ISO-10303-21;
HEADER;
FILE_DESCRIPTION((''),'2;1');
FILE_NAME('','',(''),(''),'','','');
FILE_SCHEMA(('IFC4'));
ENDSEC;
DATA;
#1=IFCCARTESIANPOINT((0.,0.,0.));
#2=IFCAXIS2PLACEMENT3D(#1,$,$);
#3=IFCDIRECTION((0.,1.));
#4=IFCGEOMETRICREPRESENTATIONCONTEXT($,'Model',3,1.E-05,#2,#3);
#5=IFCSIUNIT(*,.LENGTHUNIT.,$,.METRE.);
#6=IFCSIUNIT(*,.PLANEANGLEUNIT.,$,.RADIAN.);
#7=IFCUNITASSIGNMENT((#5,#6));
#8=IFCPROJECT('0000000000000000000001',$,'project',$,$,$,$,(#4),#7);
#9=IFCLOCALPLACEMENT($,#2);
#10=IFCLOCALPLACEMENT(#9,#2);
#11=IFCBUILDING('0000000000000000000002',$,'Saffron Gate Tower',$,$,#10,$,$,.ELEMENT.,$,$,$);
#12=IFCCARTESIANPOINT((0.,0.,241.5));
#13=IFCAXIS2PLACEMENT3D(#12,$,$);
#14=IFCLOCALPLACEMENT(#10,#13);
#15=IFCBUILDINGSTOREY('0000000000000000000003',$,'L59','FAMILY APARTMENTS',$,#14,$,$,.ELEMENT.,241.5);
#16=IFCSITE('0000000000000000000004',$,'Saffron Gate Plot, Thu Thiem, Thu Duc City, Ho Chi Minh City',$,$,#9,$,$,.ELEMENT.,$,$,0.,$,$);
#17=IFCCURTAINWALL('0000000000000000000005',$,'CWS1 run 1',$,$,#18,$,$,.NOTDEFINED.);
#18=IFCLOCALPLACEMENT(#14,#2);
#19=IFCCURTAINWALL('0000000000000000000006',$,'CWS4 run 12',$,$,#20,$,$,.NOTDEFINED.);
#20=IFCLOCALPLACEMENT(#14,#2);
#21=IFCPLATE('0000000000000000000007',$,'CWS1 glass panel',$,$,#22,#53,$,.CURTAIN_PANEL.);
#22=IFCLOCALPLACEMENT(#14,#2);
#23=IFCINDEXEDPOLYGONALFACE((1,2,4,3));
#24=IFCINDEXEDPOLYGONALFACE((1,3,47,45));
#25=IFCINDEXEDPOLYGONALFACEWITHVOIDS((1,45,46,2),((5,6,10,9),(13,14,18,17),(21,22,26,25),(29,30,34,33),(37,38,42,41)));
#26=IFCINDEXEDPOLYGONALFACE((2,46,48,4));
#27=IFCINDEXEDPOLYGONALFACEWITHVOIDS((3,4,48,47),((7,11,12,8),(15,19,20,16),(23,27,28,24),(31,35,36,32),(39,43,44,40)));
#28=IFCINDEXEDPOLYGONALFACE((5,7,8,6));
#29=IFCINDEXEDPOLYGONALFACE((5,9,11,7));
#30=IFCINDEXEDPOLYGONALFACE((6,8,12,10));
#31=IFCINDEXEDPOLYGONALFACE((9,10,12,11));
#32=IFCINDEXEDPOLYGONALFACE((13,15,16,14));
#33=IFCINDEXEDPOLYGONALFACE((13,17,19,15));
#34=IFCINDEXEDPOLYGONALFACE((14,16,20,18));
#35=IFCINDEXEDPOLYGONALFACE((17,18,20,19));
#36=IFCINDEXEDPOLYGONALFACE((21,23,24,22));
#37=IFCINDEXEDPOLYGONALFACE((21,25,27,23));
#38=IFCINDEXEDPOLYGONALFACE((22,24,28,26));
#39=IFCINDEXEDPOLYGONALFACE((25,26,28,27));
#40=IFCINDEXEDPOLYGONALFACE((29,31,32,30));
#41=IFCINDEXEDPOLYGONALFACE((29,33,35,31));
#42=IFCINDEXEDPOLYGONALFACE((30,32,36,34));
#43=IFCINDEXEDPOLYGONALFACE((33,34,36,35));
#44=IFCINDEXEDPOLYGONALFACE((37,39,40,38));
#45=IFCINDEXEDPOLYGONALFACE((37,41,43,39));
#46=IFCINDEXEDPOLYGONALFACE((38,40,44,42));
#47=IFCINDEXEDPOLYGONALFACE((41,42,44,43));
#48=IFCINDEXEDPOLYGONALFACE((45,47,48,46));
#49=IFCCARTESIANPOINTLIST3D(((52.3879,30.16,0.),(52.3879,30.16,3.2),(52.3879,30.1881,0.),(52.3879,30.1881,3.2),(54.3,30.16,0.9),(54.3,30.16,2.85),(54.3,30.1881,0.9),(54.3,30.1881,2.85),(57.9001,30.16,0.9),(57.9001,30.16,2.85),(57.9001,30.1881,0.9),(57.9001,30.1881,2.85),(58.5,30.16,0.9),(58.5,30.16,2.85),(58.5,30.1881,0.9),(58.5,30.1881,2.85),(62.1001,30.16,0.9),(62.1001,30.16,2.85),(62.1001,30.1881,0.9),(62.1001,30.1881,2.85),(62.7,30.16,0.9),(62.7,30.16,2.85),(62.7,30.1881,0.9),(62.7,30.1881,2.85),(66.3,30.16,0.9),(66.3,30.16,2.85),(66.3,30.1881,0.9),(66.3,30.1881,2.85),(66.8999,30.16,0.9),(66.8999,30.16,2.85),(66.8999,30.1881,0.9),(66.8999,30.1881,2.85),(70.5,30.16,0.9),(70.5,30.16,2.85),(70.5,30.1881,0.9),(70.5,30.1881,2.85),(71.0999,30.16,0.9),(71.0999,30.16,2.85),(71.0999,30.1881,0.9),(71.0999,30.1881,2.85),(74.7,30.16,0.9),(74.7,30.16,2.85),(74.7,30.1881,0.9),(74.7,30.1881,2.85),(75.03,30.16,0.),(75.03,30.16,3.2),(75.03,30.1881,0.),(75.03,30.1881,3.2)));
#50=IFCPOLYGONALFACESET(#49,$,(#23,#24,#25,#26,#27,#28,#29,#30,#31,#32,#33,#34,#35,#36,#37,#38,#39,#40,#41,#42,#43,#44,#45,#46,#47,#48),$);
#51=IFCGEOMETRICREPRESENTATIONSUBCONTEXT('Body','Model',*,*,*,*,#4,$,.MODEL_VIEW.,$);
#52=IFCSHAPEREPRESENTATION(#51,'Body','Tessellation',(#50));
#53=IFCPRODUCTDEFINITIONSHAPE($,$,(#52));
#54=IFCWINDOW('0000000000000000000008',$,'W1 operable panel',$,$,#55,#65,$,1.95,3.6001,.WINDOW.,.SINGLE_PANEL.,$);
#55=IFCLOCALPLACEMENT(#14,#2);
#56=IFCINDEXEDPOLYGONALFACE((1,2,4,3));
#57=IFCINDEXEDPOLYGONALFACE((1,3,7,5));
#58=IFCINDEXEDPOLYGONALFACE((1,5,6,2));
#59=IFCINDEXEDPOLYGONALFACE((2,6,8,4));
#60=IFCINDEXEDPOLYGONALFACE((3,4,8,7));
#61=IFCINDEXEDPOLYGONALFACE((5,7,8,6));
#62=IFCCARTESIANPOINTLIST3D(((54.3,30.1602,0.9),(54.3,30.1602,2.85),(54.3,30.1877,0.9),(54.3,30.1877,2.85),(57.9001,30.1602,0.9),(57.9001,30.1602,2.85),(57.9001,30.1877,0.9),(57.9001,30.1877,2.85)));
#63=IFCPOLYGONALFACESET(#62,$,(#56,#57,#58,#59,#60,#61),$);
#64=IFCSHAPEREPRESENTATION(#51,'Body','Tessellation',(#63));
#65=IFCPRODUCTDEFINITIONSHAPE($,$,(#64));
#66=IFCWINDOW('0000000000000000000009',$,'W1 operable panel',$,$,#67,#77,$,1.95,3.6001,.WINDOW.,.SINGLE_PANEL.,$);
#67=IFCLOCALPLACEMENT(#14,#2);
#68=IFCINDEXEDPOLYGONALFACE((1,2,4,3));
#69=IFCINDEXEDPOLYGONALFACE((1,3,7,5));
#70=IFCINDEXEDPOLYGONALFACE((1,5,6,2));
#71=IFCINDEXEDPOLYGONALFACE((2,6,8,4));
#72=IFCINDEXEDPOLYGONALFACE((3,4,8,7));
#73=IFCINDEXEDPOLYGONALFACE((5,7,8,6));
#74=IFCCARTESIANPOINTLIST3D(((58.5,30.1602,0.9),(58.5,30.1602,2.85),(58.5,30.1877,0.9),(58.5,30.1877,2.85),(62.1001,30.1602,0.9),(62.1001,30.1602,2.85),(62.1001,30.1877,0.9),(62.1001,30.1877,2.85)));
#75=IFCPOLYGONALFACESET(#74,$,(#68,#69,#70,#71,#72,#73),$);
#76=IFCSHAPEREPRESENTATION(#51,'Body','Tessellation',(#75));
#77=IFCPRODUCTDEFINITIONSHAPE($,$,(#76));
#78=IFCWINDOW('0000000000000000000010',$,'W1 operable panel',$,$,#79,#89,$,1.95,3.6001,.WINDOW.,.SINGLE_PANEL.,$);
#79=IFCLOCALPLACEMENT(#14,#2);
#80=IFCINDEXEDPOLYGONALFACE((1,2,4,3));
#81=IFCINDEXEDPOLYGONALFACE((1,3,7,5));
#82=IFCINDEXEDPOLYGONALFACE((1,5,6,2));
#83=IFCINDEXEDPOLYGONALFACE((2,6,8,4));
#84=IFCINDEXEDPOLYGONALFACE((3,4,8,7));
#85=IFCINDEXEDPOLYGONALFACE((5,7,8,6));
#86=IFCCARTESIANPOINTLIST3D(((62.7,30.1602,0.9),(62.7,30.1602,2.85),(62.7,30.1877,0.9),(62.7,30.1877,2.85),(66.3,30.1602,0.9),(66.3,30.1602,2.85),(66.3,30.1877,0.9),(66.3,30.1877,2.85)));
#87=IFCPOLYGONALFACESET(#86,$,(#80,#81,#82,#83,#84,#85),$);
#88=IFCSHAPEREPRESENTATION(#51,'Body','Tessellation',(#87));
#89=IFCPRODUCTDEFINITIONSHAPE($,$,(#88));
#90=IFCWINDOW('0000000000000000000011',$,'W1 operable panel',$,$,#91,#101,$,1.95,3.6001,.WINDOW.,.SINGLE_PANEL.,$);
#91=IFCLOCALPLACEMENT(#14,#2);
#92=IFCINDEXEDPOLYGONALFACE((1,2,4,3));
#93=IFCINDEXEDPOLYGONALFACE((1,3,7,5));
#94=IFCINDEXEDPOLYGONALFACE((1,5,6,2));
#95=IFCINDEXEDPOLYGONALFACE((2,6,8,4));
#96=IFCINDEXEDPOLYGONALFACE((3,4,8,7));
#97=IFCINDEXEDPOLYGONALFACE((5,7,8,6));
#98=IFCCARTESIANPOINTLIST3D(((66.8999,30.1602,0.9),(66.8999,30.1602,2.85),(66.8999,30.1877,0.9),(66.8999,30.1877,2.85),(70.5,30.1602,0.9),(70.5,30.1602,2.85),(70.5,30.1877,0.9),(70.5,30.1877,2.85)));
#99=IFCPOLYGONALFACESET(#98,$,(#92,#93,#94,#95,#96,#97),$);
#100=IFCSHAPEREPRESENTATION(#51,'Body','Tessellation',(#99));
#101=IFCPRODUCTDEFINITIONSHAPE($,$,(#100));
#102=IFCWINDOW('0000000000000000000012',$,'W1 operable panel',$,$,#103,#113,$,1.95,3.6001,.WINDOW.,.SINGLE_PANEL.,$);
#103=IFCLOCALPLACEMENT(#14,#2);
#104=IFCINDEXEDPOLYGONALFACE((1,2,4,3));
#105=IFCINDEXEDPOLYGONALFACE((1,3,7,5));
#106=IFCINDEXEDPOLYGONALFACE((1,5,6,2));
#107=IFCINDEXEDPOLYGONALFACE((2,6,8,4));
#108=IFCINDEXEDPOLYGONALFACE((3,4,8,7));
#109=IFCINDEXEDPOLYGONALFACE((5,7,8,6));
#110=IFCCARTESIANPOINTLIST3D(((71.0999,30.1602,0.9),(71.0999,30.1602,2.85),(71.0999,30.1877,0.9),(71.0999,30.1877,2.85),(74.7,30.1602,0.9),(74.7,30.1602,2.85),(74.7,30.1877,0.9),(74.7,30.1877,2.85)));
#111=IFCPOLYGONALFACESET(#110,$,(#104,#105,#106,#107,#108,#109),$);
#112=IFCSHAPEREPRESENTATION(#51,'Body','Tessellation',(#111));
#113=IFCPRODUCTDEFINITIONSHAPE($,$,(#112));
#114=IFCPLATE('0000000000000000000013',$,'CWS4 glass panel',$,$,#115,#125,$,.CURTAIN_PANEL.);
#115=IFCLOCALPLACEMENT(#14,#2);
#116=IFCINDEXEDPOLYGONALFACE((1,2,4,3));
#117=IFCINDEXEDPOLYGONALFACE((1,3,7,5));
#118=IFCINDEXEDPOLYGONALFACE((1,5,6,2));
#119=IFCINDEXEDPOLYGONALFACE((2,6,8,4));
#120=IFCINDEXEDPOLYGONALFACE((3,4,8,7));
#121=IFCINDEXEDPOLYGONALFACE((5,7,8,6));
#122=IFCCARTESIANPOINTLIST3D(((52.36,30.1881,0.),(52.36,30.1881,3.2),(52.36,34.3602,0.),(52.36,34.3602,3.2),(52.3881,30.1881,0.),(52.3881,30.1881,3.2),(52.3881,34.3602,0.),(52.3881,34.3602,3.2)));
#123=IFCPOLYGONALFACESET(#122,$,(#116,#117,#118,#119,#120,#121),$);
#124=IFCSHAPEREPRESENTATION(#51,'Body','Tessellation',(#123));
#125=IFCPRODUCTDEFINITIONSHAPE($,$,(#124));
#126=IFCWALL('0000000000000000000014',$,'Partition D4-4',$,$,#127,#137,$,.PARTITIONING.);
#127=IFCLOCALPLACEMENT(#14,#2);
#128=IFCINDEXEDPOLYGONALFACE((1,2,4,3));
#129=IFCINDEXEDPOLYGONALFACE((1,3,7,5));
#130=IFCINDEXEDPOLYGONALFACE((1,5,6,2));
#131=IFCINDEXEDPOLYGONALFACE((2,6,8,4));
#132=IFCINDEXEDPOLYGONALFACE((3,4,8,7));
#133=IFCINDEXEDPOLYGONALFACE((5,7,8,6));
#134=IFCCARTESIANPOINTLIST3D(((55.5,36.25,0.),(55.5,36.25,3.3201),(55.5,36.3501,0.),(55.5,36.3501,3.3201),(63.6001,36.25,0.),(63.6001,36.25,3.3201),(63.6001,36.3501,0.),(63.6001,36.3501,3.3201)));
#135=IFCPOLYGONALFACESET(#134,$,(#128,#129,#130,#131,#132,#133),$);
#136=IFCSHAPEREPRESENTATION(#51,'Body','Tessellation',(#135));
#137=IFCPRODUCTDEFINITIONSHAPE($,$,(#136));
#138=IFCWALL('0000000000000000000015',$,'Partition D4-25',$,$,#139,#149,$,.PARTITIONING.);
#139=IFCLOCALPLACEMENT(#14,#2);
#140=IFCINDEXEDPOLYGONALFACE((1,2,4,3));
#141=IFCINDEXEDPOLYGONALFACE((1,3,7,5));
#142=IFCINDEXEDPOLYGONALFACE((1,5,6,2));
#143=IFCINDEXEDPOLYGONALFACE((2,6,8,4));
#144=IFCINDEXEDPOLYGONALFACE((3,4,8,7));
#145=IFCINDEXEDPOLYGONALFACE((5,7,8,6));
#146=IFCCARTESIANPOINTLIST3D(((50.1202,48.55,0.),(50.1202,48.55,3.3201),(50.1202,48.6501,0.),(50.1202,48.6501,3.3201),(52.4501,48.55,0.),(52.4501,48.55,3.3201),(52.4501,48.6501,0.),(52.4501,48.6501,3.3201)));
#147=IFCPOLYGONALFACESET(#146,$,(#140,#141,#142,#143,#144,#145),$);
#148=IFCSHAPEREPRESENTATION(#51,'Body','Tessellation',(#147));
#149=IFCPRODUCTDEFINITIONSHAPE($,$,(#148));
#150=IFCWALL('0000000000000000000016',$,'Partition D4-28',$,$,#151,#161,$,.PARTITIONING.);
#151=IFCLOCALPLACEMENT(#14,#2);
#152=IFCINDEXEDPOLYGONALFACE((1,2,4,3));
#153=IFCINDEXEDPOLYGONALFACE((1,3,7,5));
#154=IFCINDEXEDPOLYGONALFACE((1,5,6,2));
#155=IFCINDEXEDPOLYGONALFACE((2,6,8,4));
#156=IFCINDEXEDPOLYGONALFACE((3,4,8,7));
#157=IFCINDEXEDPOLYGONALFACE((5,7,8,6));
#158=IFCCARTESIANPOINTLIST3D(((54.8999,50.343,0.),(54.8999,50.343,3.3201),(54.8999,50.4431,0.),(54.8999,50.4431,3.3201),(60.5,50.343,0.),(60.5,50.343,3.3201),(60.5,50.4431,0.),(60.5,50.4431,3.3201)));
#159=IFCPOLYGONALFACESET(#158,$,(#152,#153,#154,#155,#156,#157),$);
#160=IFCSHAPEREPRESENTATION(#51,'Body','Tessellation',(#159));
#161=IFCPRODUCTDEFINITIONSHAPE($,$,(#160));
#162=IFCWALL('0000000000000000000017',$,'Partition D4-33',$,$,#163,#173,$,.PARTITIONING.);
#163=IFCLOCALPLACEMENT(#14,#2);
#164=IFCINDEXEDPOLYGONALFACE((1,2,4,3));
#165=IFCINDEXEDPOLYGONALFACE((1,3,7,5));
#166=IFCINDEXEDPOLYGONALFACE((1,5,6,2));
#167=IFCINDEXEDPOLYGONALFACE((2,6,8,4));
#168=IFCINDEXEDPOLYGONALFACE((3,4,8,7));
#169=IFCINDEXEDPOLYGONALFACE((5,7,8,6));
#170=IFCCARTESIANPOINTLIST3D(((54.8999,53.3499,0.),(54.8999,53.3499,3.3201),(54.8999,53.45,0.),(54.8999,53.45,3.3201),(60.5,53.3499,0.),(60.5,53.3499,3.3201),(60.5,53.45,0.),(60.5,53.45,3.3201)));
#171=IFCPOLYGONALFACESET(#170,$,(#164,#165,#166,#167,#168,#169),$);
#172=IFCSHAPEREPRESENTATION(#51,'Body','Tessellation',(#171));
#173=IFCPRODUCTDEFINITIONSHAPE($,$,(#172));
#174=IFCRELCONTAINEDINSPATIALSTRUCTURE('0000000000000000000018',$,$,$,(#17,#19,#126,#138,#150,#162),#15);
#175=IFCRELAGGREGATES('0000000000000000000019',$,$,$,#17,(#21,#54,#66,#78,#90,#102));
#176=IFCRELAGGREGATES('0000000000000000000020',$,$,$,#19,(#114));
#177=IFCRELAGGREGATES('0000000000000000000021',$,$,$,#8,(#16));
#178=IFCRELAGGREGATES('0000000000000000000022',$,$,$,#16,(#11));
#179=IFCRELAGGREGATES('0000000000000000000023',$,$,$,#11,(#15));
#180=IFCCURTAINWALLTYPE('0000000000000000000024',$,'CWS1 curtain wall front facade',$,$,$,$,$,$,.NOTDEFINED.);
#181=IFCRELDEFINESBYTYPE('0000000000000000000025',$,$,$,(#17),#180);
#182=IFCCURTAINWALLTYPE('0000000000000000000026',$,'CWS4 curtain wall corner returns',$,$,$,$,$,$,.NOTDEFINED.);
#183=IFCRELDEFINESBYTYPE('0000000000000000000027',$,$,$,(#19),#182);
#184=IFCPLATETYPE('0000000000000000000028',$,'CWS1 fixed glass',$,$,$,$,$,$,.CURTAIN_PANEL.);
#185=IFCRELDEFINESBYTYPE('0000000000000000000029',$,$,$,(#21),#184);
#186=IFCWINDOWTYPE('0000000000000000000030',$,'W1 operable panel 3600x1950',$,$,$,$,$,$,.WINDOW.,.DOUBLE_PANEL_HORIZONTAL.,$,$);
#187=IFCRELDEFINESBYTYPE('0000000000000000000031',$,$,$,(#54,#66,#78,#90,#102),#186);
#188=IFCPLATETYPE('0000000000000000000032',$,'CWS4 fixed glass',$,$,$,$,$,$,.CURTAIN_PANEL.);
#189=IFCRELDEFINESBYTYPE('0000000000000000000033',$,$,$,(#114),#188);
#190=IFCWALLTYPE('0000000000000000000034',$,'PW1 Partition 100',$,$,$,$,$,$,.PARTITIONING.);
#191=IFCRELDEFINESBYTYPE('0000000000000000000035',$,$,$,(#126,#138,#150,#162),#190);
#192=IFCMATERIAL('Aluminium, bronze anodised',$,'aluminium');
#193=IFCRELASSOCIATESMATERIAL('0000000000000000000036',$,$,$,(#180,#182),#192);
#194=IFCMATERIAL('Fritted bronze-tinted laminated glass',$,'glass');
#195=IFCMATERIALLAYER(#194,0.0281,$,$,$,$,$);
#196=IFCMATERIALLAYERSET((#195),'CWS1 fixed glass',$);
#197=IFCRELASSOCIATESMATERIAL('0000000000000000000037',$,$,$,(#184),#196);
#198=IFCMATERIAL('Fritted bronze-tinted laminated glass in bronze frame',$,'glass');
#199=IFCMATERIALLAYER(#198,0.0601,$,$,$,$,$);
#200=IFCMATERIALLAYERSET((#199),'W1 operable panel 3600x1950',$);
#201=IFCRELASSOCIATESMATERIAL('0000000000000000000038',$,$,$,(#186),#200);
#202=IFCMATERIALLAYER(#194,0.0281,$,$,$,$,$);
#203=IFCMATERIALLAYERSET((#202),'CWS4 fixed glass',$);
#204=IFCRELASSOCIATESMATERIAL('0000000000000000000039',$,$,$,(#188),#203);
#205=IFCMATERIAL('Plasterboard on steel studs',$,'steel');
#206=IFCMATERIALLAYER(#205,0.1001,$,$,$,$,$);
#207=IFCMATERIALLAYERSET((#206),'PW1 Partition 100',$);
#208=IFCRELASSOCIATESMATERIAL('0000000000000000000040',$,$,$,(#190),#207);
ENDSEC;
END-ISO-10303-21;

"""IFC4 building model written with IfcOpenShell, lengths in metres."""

from ifc_helpers import new_model, si_unit, direction, frame, frame_2d, origin, place, context, subcontext, project, spatial, rectangle, extrude, material, layer, layer_set, type_object, element, fill, aggregate, save


model = new_model("IFC4")

# Units and contexts
model_context = context("Model", 3, precision=1e-05, world=origin(), true_north=direction((0.0, 1.0)))
body_context = subcontext(model_context, "Body", "Model", "MODEL_VIEW")
ifc_project = project(units=[si_unit("LENGTHUNIT", "METRE"), si_unit("PLANEANGLEUNIT", "RADIAN")], contexts=[model_context])

# Site, building, storey
site_placement = place(None, origin())
site = spatial("IfcSite", under=ifc_project, at=site_placement, Name="Saffron Gate Plot, Thu Thiem, Thu Duc City, Ho Chi Minh City", CompositionType="ELEMENT", RefElevation=0.0)
building_placement = place(site_placement, origin())
building = spatial("IfcBuilding", under=site, at=building_placement, Name="Saffron Gate Tower", CompositionType="ELEMENT")
storey_placement = place(building_placement, frame((0.0, 0.0, 241.5)))
storey = spatial("IfcBuildingStorey", under=building, at=storey_placement, Name="L59", Description="FAMILY APARTMENTS", CompositionType="ELEMENT", Elevation=241.5)

# Curtain wall
ifc_material_1 = material(Name="Aluminium, bronze anodised", Category="aluminium")
curtain_wall_type_1 = type_object("IfcCurtainWallType", Name="CWS1 curtain wall front facade", PredefinedType="NOTDEFINED", material=ifc_material_1)
curtain_wall_1_placement = place(storey_placement, origin())
curtain_wall_1 = element("IfcCurtainWall", 1, at=curtain_wall_1_placement, inside=storey, type_object=curtain_wall_type_1, Name="CWS1 run 1", PredefinedType="NOTDEFINED")

# Curtain wall
curtain_wall_type_2 = type_object("IfcCurtainWallType", Name="CWS4 curtain wall corner returns", PredefinedType="NOTDEFINED", material=ifc_material_1)
curtain_wall_2_placement = place(storey_placement, origin())
curtain_wall_2 = element("IfcCurtainWall", 2, at=curtain_wall_2_placement, inside=storey, type_object=curtain_wall_type_2, Name="CWS4 run 12", PredefinedType="NOTDEFINED")

# Plate, openings, windows
ifc_material_2 = material(Name="Fritted bronze-tinted laminated glass", Category="glass")
ifc_layer_1 = layer(ifc_material_2, 0.0281)
ifc_layer_set_1 = layer_set([ifc_layer_1], Name="CWS1 fixed glass")
plate_type_1 = type_object("IfcPlateType", Name="CWS1 fixed glass", PredefinedType="CURTAIN_PANEL", material=ifc_layer_set_1)
plate_1_placement = place(storey_placement, frame((52.3879, 30.1741, 0.0), z_axis=(0.0, 0.0, 1.0), x_axis=(1.0, 0.0, 0.0)))
plate_1 = element("IfcPlate", 3, at=plate_1_placement, type_object=plate_type_1, Name="CWS1 glass panel", PredefinedType="CURTAIN_PANEL", context=body_context, shape_type="SweptSolid", body=[
    extrude(rectangle(XDim=22.6421, YDim=0.0281, at=frame_2d((11.321, 0.0))), origin(), (0.0, 0.0, 1.0), 3.2),
])
opening_1_placement = place(plate_1_placement, frame((1.9121, 0.0, 0.8999)))
opening_1 = element("IfcOpeningElement", 4, at=opening_1_placement, cuts=plate_1, PredefinedType="OPENING", context=body_context, shape_type="SweptSolid", body=[
    extrude(rectangle(XDim=3.6001, YDim=1.95, at=frame_2d((1.8, 0.9751))), frame((0.0, 0.0239, 0.0), z_axis=(0.0, -1.0, 0.0), x_axis=(1.0, 0.0, 0.0)), (0.0, 0.0, 1.0), 0.0481),
])
opening_2_placement = place(plate_1_placement, frame((6.1121, 0.0, 0.8999)))
opening_2 = element("IfcOpeningElement", 5, at=opening_2_placement, cuts=plate_1, PredefinedType="OPENING", context=body_context, shape_type="SweptSolid", body=[
    extrude(rectangle(XDim=3.6001, YDim=1.95, at=frame_2d((1.8, 0.9751))), frame((0.0, 0.0239, 0.0), z_axis=(0.0, -1.0, 0.0), x_axis=(1.0, 0.0, 0.0)), (0.0, 0.0, 1.0), 0.0481),
])
opening_3_placement = place(plate_1_placement, frame((10.312, 0.0, 0.8999)))
opening_3 = element("IfcOpeningElement", 6, at=opening_3_placement, cuts=plate_1, PredefinedType="OPENING", context=body_context, shape_type="SweptSolid", body=[
    extrude(rectangle(XDim=3.6001, YDim=1.95, at=frame_2d((1.8, 0.9751))), frame((0.0, 0.0239, 0.0), z_axis=(0.0, -1.0, 0.0), x_axis=(1.0, 0.0, 0.0)), (0.0, 0.0, 1.0), 0.0481),
])
opening_4_placement = place(plate_1_placement, frame((14.512, 0.0, 0.8999)))
opening_4 = element("IfcOpeningElement", 7, at=opening_4_placement, cuts=plate_1, PredefinedType="OPENING", context=body_context, shape_type="SweptSolid", body=[
    extrude(rectangle(XDim=3.6001, YDim=1.95, at=frame_2d((1.8, 0.9751))), frame((0.0, 0.0239, 0.0), z_axis=(0.0, -1.0, 0.0), x_axis=(1.0, 0.0, 0.0)), (0.0, 0.0, 1.0), 0.0481),
])
opening_5_placement = place(plate_1_placement, frame((18.7119, 0.0, 0.8999)))
opening_5 = element("IfcOpeningElement", 8, at=opening_5_placement, cuts=plate_1, PredefinedType="OPENING", context=body_context, shape_type="SweptSolid", body=[
    extrude(rectangle(XDim=3.6001, YDim=1.95, at=frame_2d((1.8, 0.9751))), frame((0.0, 0.0239, 0.0), z_axis=(0.0, -1.0, 0.0), x_axis=(1.0, 0.0, 0.0)), (0.0, 0.0, 1.0), 0.0481),
])
ifc_material_3 = material(Name="Fritted bronze-tinted laminated glass in bronze frame", Category="glass")
ifc_layer_2 = layer(ifc_material_3, 0.0601)
ifc_layer_set_2 = layer_set([ifc_layer_2], Name="W1 operable panel 3600x1950")
window_type = type_object("IfcWindowType", Name="W1 operable panel 3600x1950", PartitioningType="DOUBLE_PANEL_HORIZONTAL", PredefinedType="WINDOW", material=ifc_layer_set_2)
window_1_placement = place(opening_1_placement, origin())
window_1 = element("IfcWindow", 9, at=window_1_placement, type_object=window_type, Name="W1 operable panel", OverallHeight=1.95, OverallWidth=3.6001, PartitioningType="SINGLE_PANEL", PredefinedType="WINDOW", context=body_context, shape_type="SweptSolid", body=[
    extrude(rectangle(XDim=3.6001, YDim=1.95, at=frame_2d((1.8, 0.9751))), frame((0.0, 0.0137, 0.0), z_axis=(0.0, -1.0, 0.0), x_axis=(1.0, 0.0, 0.0)), (0.0, 0.0, 1.0), 0.0276),
])
fill(opening_1, window_1)
window_2_placement = place(opening_2_placement, origin())
window_2 = element("IfcWindow", 10, at=window_2_placement, type_object=window_type, Name="W1 operable panel", OverallHeight=1.95, OverallWidth=3.6001, PartitioningType="SINGLE_PANEL", PredefinedType="WINDOW", context=body_context, shape_type="SweptSolid", body=[
    extrude(rectangle(XDim=3.6001, YDim=1.95, at=frame_2d((1.8, 0.9751))), frame((0.0, 0.0137, 0.0), z_axis=(0.0, -1.0, 0.0), x_axis=(1.0, 0.0, 0.0)), (0.0, 0.0, 1.0), 0.0276),
])
fill(opening_2, window_2)
window_3_placement = place(opening_3_placement, origin())
window_3 = element("IfcWindow", 11, at=window_3_placement, type_object=window_type, Name="W1 operable panel", OverallHeight=1.95, OverallWidth=3.6001, PartitioningType="SINGLE_PANEL", PredefinedType="WINDOW", context=body_context, shape_type="SweptSolid", body=[
    extrude(rectangle(XDim=3.6001, YDim=1.95, at=frame_2d((1.8, 0.9751))), frame((0.0, 0.0137, 0.0), z_axis=(0.0, -1.0, 0.0), x_axis=(1.0, 0.0, 0.0)), (0.0, 0.0, 1.0), 0.0276),
])
fill(opening_3, window_3)
window_4_placement = place(opening_4_placement, origin())
window_4 = element("IfcWindow", 12, at=window_4_placement, type_object=window_type, Name="W1 operable panel", OverallHeight=1.95, OverallWidth=3.6001, PartitioningType="SINGLE_PANEL", PredefinedType="WINDOW", context=body_context, shape_type="SweptSolid", body=[
    extrude(rectangle(XDim=3.6001, YDim=1.95, at=frame_2d((1.8, 0.9751))), frame((0.0, 0.0137, 0.0), z_axis=(0.0, -1.0, 0.0), x_axis=(1.0, 0.0, 0.0)), (0.0, 0.0, 1.0), 0.0276),
])
fill(opening_4, window_4)
window_5_placement = place(opening_5_placement, origin())
window_5 = element("IfcWindow", 13, at=window_5_placement, type_object=window_type, Name="W1 operable panel", OverallHeight=1.95, OverallWidth=3.6001, PartitioningType="SINGLE_PANEL", PredefinedType="WINDOW", context=body_context, shape_type="SweptSolid", body=[
    extrude(rectangle(XDim=3.6001, YDim=1.95, at=frame_2d((1.8, 0.9751))), frame((0.0, 0.0137, 0.0), z_axis=(0.0, -1.0, 0.0), x_axis=(1.0, 0.0, 0.0)), (0.0, 0.0, 1.0), 0.0276),
])
fill(opening_5, window_5)
aggregate(curtain_wall_1, [plate_1, window_1, window_2, window_3, window_4, window_5])

# Plate
ifc_layer_3 = layer(ifc_material_2, 0.0281)
ifc_layer_set_3 = layer_set([ifc_layer_3], Name="CWS4 fixed glass")
plate_type_2 = type_object("IfcPlateType", Name="CWS4 fixed glass", PredefinedType="CURTAIN_PANEL", material=ifc_layer_set_3)
plate_2_placement = place(storey_placement, frame((52.374, 34.3601, 0.0), z_axis=(0.0, 0.0, 1.0), x_axis=(0.0, -1.0, 0.0)))
plate_2 = element("IfcPlate", 14, at=plate_2_placement, type_object=plate_type_2, Name="CWS4 glass panel", PredefinedType="CURTAIN_PANEL", context=body_context, shape_type="SweptSolid", body=[
    extrude(rectangle(XDim=4.1721, YDim=0.0281, at=frame_2d((2.0859, 0.0))), origin(), (0.0, 0.0, 1.0), 3.2),
])
aggregate(curtain_wall_2, [plate_2])

# Walls
ifc_material_4 = material(Name="Plasterboard on steel studs", Category="steel")
ifc_layer_4 = layer(ifc_material_4, 0.1001)
ifc_layer_set_4 = layer_set([ifc_layer_4], Name="PW1 Partition 100")
wall_type = type_object("IfcWallType", Name="PW1 Partition 100", PredefinedType="PARTITIONING", material=ifc_layer_set_4)
wall_1_placement = place(storey_placement, frame((55.5, 36.3, 0.0), z_axis=(0.0, 0.0, 1.0), x_axis=(1.0, 0.0, 0.0)))
element("IfcWall", 15, at=wall_1_placement, inside=storey, type_object=wall_type, Name="Partition D4-4", PredefinedType="PARTITIONING", context=body_context, shape_type="SweptSolid", body=[
    extrude(rectangle(XDim=8.1001, YDim=0.1001, at=frame_2d((4.05, 0.0))), origin(), (0.0, 0.0, 1.0), 3.3201),
])
wall_2_placement = place(storey_placement, frame((50.1201, 48.6001, 0.0), z_axis=(0.0, 0.0, 1.0), x_axis=(1.0, 0.0, 0.0)))
element("IfcWall", 16, at=wall_2_placement, inside=storey, type_object=wall_type, Name="Partition D4-25", PredefinedType="PARTITIONING", context=body_context, shape_type="SweptSolid", body=[
    extrude(rectangle(XDim=2.3298, YDim=0.1001, at=frame_2d((1.165, 0.0))), origin(), (0.0, 0.0, 1.0), 3.3201),
])
for number, where, z_axis, x_axis, name in (
    (17, (54.8999, 50.3931, 0.0), (0.0, 0.0, 1.0), (1.0, 0.0, 0.0), "Partition D4-28"),
    (18, (54.8999, 53.3999, 0.0), (0.0, 0.0, 1.0), (1.0, 0.0, 0.0), "Partition D4-33"),
):
    element("IfcWall", number, at=place(storey_placement, frame(where, z_axis=z_axis, x_axis=x_axis)), inside=storey, type_object=wall_type, Name=name, PredefinedType="PARTITIONING", context=body_context, shape_type="SweptSolid", body=[
        extrude(rectangle(XDim=5.6001, YDim=0.1001, at=frame_2d((2.8, 0.0))), origin(), (0.0, 0.0, 1.0), 3.3201),
    ])

save(model, "model.ifc")
